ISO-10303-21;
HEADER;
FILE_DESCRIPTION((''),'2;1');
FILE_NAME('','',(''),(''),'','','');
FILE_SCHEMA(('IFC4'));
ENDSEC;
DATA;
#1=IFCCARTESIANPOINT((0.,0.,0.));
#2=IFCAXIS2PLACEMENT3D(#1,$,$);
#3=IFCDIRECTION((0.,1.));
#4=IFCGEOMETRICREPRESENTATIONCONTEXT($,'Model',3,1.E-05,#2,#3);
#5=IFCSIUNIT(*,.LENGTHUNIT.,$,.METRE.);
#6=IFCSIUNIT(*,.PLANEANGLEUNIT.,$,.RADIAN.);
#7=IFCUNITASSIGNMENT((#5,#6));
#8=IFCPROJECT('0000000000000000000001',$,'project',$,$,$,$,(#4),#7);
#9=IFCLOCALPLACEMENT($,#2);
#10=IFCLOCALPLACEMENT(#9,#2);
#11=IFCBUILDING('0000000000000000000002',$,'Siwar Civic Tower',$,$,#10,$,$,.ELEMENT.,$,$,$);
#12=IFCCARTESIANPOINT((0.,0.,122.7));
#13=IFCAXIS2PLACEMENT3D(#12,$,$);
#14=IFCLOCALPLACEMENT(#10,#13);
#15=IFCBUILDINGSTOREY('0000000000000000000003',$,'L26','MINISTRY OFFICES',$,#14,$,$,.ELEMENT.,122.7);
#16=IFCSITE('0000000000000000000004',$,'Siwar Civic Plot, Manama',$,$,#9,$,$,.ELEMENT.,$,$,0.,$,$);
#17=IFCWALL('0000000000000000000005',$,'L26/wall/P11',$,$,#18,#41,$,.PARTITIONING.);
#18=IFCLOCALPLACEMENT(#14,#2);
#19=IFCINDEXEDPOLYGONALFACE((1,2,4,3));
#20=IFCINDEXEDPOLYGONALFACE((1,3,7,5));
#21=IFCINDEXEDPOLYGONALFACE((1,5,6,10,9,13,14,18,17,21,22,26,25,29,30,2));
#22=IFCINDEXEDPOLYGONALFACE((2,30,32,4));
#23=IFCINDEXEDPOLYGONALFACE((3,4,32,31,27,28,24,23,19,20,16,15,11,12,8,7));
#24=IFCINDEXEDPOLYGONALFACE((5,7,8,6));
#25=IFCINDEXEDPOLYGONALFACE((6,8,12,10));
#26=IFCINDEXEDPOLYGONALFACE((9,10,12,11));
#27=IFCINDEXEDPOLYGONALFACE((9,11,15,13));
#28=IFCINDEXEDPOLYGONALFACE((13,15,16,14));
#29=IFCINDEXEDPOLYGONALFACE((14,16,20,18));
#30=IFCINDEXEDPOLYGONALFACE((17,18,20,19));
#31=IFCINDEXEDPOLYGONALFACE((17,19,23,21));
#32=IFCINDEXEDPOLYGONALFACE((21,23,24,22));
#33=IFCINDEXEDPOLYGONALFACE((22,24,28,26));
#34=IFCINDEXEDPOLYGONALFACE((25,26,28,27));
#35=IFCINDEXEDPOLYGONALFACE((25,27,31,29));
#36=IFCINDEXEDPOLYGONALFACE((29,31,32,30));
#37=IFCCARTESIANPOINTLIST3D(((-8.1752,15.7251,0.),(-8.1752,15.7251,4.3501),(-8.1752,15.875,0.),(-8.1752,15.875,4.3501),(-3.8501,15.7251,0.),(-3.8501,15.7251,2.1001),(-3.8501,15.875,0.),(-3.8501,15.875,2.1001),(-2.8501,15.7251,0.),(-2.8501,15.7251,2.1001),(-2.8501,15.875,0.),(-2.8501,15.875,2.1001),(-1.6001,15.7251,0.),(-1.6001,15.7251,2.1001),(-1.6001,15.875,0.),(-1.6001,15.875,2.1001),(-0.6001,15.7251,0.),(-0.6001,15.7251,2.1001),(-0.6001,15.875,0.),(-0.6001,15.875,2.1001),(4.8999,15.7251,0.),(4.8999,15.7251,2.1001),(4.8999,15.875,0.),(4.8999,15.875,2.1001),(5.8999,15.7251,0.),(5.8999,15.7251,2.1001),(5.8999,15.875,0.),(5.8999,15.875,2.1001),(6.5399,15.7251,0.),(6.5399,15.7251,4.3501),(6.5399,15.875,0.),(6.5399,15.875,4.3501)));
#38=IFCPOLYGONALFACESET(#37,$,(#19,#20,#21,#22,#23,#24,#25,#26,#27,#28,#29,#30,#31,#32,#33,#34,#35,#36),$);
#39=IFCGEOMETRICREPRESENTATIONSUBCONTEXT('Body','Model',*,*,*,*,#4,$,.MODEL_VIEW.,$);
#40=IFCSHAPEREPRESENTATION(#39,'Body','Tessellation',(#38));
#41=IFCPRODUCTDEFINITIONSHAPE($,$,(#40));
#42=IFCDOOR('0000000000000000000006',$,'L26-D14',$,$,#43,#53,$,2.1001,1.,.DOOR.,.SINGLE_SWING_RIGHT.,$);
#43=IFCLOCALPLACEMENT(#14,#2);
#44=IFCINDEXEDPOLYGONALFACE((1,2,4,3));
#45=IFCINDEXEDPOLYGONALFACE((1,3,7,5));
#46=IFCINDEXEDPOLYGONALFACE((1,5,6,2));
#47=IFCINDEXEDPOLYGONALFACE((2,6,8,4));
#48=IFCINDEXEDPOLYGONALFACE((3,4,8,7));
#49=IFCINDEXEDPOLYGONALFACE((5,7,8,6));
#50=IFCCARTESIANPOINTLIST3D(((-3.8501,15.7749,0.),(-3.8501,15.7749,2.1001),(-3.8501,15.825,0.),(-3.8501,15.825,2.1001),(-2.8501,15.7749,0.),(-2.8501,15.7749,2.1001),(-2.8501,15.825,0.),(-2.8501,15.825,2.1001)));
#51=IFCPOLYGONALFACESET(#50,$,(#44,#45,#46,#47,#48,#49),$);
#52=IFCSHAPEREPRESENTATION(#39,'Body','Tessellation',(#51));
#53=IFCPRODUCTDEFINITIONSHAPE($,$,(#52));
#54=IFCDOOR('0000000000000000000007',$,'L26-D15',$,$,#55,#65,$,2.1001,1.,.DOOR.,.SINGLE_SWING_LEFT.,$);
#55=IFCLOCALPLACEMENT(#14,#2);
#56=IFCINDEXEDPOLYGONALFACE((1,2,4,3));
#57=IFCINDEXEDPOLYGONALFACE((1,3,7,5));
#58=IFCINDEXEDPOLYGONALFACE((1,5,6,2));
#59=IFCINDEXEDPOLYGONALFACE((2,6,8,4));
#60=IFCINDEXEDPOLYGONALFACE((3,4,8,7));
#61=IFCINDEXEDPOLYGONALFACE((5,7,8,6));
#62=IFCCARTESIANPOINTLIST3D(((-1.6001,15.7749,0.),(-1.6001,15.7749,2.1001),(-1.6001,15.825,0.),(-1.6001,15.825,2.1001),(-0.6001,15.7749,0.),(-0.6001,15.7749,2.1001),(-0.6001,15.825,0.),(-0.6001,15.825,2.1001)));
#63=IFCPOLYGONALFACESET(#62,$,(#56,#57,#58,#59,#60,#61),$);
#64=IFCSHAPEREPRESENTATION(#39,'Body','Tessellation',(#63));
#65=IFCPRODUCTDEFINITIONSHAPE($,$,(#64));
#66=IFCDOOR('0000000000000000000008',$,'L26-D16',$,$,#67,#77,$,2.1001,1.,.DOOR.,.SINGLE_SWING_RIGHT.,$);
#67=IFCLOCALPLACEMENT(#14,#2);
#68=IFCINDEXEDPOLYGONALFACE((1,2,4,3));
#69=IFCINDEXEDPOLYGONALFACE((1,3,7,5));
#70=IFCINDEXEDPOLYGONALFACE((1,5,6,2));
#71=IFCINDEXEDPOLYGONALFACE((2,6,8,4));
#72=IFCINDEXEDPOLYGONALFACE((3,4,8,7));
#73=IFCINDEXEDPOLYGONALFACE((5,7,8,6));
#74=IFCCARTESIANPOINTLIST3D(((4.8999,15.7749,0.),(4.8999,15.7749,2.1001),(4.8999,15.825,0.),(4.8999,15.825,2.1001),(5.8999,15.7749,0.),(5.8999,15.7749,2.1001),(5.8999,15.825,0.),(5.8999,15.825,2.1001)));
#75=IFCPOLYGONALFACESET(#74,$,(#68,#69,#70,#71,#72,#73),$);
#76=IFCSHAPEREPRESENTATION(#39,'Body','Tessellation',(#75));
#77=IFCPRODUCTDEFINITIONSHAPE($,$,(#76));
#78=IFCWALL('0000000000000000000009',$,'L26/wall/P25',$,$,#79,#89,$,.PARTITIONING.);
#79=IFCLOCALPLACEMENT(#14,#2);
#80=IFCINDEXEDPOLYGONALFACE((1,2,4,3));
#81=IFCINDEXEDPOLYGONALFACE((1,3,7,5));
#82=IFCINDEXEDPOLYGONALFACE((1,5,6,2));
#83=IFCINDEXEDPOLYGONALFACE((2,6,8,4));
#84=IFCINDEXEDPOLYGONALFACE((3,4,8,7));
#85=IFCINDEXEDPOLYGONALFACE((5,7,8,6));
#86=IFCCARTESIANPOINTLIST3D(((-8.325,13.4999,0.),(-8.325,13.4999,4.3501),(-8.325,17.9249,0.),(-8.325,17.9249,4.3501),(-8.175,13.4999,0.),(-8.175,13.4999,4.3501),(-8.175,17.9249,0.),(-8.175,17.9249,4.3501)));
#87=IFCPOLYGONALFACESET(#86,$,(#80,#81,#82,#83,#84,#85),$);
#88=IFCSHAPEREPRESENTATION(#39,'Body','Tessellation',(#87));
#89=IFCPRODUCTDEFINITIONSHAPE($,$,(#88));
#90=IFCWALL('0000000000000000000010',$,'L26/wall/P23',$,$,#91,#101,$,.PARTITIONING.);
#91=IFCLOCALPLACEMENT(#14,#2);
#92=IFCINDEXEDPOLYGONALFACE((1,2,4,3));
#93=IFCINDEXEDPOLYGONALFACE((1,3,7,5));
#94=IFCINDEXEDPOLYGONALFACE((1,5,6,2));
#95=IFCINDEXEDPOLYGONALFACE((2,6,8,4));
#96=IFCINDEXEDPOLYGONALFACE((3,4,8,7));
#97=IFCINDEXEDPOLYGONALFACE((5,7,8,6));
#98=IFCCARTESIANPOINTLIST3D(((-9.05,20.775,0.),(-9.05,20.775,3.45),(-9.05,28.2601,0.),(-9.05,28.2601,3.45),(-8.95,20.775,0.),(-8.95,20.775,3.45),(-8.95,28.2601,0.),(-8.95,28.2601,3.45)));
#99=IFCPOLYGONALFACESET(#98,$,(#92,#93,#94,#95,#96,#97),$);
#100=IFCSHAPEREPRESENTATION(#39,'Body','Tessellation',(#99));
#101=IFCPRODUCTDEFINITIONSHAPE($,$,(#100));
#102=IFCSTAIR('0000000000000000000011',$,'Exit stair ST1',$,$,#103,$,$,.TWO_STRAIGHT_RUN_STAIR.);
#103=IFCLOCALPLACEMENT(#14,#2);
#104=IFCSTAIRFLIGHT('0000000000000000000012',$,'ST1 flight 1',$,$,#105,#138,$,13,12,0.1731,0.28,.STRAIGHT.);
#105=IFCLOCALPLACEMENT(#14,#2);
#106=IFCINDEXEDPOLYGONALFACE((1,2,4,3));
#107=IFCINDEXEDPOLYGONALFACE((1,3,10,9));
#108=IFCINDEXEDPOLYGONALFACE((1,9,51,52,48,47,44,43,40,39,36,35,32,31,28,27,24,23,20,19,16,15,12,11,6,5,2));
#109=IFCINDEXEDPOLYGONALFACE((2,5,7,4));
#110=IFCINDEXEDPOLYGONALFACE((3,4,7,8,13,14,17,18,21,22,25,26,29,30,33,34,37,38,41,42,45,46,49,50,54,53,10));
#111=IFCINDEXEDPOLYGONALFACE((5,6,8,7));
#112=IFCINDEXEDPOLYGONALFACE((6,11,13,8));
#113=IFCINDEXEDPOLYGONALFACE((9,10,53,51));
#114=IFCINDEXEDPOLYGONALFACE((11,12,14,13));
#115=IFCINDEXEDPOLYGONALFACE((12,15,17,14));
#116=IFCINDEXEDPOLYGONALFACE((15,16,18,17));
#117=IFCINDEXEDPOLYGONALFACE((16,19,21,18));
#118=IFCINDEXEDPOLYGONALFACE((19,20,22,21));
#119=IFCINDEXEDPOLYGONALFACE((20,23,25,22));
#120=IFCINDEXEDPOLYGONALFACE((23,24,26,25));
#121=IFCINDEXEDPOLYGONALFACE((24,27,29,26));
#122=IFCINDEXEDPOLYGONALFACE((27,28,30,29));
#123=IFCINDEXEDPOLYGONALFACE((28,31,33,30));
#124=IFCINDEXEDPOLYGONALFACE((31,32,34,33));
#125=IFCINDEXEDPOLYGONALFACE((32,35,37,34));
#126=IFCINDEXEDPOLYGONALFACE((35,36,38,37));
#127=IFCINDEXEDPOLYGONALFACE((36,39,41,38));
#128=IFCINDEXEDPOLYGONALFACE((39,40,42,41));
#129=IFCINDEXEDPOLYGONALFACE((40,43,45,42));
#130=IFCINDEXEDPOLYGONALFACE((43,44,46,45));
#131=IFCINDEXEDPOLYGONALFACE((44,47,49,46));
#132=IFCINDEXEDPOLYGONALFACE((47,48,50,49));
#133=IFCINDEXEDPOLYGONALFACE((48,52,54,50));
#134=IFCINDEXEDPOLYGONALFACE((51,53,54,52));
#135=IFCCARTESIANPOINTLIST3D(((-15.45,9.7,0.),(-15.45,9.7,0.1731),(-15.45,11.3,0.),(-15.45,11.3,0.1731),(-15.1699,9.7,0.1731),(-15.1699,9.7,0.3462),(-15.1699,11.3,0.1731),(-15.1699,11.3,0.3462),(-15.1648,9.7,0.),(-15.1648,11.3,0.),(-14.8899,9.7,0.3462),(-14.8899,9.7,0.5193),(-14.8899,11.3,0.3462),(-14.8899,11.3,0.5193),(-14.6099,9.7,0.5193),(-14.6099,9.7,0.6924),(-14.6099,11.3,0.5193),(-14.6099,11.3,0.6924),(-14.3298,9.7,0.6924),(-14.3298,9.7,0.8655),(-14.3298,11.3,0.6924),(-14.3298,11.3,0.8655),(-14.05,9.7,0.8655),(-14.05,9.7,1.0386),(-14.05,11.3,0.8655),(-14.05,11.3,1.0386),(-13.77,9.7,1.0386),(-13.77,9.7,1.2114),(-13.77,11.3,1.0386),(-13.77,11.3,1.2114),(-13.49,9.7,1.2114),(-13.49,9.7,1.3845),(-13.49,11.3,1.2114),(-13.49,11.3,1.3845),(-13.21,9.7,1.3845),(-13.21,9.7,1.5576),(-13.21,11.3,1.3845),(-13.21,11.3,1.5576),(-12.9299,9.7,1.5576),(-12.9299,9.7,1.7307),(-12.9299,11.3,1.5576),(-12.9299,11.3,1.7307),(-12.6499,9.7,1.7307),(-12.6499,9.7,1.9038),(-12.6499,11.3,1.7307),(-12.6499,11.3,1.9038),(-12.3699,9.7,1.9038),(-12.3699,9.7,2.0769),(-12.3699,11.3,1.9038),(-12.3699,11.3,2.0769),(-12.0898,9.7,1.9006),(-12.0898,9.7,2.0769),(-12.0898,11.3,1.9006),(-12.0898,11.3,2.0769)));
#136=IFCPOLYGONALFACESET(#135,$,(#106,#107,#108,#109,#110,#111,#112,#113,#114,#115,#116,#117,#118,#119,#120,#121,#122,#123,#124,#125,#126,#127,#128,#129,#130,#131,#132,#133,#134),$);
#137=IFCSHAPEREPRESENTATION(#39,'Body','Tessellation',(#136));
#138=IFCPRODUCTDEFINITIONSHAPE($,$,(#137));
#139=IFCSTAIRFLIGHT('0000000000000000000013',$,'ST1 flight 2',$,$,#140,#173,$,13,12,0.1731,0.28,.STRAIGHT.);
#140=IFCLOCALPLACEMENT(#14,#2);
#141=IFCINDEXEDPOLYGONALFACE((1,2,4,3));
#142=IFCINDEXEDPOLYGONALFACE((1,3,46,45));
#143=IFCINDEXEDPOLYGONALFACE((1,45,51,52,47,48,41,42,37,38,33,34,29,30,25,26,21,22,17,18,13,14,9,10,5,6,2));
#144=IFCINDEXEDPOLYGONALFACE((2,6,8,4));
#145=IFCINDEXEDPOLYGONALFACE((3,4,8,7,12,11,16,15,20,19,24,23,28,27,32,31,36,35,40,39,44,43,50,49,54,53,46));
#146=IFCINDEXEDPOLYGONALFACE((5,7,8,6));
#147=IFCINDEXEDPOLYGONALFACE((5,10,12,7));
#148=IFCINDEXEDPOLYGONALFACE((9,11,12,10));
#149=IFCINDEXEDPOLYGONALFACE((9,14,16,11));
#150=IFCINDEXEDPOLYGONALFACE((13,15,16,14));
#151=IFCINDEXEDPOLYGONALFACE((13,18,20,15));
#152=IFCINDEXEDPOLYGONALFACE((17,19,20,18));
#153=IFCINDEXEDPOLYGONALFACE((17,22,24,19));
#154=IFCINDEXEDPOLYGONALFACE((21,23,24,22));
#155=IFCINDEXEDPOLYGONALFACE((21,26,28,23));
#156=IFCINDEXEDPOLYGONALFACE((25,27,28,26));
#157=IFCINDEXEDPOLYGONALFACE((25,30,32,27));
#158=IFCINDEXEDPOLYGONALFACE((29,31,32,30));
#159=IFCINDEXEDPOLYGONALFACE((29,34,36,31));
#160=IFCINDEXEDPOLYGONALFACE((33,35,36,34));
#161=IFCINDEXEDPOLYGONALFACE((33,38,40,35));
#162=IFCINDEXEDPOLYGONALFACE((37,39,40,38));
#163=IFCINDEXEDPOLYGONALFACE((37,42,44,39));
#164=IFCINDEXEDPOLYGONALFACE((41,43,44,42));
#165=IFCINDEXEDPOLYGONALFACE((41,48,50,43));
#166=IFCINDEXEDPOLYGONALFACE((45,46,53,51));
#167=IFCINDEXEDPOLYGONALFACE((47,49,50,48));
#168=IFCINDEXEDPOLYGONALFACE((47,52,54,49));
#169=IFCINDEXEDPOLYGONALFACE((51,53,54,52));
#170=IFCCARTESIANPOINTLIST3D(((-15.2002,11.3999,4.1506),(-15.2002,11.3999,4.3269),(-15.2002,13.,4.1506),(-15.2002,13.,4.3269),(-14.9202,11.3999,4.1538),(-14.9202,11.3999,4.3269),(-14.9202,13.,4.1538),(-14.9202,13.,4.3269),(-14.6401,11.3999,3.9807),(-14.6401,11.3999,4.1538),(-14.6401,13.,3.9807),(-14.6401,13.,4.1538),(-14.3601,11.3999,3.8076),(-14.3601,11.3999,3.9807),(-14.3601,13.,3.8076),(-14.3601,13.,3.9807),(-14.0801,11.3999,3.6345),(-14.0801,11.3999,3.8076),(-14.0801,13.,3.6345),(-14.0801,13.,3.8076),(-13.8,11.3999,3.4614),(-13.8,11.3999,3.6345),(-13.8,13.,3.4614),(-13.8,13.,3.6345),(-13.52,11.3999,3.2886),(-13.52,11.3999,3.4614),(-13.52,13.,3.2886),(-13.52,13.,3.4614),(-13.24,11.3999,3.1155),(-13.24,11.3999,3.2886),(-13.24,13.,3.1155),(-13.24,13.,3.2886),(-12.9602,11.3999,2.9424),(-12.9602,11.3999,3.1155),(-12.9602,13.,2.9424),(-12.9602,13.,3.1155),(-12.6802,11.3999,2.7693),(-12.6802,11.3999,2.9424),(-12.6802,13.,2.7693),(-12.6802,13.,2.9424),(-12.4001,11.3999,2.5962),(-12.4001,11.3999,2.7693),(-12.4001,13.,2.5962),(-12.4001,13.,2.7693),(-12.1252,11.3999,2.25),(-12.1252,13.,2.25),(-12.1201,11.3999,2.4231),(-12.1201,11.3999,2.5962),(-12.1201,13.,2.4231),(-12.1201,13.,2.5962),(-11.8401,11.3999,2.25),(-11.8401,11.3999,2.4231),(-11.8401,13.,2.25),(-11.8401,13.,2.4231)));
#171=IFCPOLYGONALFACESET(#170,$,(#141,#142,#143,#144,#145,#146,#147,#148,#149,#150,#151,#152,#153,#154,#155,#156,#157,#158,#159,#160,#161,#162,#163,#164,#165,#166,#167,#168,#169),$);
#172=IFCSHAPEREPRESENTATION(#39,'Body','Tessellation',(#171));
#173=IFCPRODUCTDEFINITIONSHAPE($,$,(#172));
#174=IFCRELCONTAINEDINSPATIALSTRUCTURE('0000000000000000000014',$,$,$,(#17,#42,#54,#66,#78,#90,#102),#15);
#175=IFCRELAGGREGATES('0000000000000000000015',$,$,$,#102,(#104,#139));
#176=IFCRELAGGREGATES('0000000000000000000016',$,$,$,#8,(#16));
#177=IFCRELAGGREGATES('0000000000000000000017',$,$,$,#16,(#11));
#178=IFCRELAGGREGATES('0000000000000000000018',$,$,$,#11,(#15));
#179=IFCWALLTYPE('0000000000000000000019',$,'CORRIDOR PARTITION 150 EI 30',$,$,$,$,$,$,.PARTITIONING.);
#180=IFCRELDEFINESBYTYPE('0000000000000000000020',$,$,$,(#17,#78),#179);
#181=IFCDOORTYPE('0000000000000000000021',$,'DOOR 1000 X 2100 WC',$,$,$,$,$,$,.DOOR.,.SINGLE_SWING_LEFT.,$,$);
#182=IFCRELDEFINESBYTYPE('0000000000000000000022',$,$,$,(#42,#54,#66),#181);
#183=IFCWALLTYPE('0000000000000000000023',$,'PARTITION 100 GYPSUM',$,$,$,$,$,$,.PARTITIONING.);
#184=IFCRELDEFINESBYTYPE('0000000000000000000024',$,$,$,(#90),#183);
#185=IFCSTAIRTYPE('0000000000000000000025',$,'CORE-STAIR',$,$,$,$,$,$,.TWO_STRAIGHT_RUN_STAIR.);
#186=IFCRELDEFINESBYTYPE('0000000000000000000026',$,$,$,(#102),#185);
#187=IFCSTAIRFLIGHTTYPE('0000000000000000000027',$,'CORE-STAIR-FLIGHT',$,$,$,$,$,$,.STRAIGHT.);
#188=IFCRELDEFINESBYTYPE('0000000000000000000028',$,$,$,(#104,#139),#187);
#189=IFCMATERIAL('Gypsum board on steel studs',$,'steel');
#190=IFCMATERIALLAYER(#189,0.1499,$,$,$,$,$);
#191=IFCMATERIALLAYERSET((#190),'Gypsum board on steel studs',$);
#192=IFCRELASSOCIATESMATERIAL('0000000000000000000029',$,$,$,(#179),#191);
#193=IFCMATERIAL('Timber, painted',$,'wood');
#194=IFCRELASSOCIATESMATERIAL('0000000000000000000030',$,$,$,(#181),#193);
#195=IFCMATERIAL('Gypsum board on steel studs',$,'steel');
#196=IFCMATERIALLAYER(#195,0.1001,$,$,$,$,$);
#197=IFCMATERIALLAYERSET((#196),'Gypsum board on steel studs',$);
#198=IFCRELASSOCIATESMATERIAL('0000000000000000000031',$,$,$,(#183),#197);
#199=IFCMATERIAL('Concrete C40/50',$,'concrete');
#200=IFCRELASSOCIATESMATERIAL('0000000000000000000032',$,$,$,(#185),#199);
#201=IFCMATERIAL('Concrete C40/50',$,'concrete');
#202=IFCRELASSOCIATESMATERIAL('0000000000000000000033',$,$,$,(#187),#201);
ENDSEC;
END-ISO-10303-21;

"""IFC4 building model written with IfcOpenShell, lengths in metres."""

from ifc_helpers import new_model, si_unit, direction, frame, frame_2d, origin, place, context, subcontext, project, spatial, polyline, rectangle, outline, extrude, material, layer, layer_set, type_object, element, fill, aggregate, save


model = new_model("IFC4")

# Units and contexts
model_context = context("Model", 3, precision=1e-05, world=origin(), true_north=direction((0.0, 1.0)))
body_context = subcontext(model_context, "Body", "Model", "MODEL_VIEW")
ifc_project = project(units=[si_unit("LENGTHUNIT", "METRE"), si_unit("PLANEANGLEUNIT", "RADIAN")], contexts=[model_context])

# Site, building, storey
site_placement = place(None, origin())
site = spatial("IfcSite", under=ifc_project, at=site_placement, Name="Siwar Civic Plot, Manama", CompositionType="ELEMENT", RefElevation=0.0)
building_placement = place(site_placement, origin())
building = spatial("IfcBuilding", under=site, at=building_placement, Name="Siwar Civic Tower", CompositionType="ELEMENT")
storey_placement = place(building_placement, frame((0.0, 0.0, 122.7)))
storey = spatial("IfcBuildingStorey", under=building, at=storey_placement, Name="L26", Description="MINISTRY OFFICES", CompositionType="ELEMENT", Elevation=122.7)

# Wall, openings, doors
ifc_material_1 = material(Name="Gypsum board on steel studs", Category="steel")
ifc_layer_1 = layer(ifc_material_1, 0.1499)
ifc_layer_set_1 = layer_set([ifc_layer_1], Name="Gypsum board on steel studs")
wall_type_1 = type_object("IfcWallType", Name="CORRIDOR PARTITION 150 EI 30", PredefinedType="PARTITIONING", material=ifc_layer_set_1)
wall_1_placement = place(storey_placement, frame((-8.175, 15.8, 0.0), z_axis=(0.0, 0.0, 1.0), x_axis=(1.0, 0.0, 0.0)))
wall_1 = element("IfcWall", 1, at=wall_1_placement, inside=storey, type_object=wall_type_1, Name="L26/wall/P11", PredefinedType="PARTITIONING", context=body_context, shape_type="SweptSolid", body=[
    extrude(rectangle(XDim=14.7151, YDim=0.1499, at=frame_2d((7.3574, 0.0))), origin(), (0.0, 0.0, 1.0), 4.3501),
])
opening_1_placement = place(wall_1_placement, frame((4.325, 0.0, 0.0)))
opening_1 = element("IfcOpeningElement", 2, at=opening_1_placement, cuts=wall_1, PredefinedType="OPENING", context=body_context, shape_type="SweptSolid", body=[
    extrude(rectangle(XDim=1.0, YDim=2.1001, at=frame_2d((0.5, 1.05))), frame((0.0, 0.085, 0.0), z_axis=(0.0, -1.0, 0.0), x_axis=(1.0, 0.0, 0.0)), (0.0, 0.0, 1.0), 0.1699),
])
opening_2_placement = place(wall_1_placement, frame((6.575, 0.0, 0.0)))
opening_2 = element("IfcOpeningElement", 3, at=opening_2_placement, cuts=wall_1, PredefinedType="OPENING", context=body_context, shape_type="SweptSolid", body=[
    extrude(rectangle(XDim=1.0, YDim=2.1001, at=frame_2d((0.5, 1.05))), frame((0.0, 0.085, 0.0), z_axis=(0.0, -1.0, 0.0), x_axis=(1.0, 0.0, 0.0)), (0.0, 0.0, 1.0), 0.1699),
])
opening_3_placement = place(wall_1_placement, frame((13.075, 0.0, 0.0)))
opening_3 = element("IfcOpeningElement", 4, at=opening_3_placement, cuts=wall_1, PredefinedType="OPENING", context=body_context, shape_type="SweptSolid", body=[
    extrude(rectangle(XDim=1.0, YDim=2.1001, at=frame_2d((0.5, 1.05))), frame((0.0, 0.085, 0.0), z_axis=(0.0, -1.0, 0.0), x_axis=(1.0, 0.0, 0.0)), (0.0, 0.0, 1.0), 0.1699),
])
ifc_material_2 = material(Name="Timber, painted", Category="wood")
door_type_1 = type_object("IfcDoorType", Name="DOOR 1000 X 2100 WC", OperationType="SINGLE_SWING_LEFT", PredefinedType="DOOR", material=ifc_material_2)
door_1_placement = place(opening_1_placement, origin())
door_1 = element("IfcDoor", 5, at=door_1_placement, inside=storey, type_object=door_type_1, Name="L26-D14", OperationType="SINGLE_SWING_RIGHT", OverallHeight=2.1001, OverallWidth=1.0, PredefinedType="DOOR", context=body_context, shape_type="SweptSolid", body=[
    extrude(rectangle(XDim=1.0, YDim=2.1001, at=frame_2d((0.5, 1.05))), frame((0.0, 0.0249, 0.0), z_axis=(0.0, -1.0, 0.0), x_axis=(1.0, 0.0, 0.0)), (0.0, 0.0, 1.0), 0.05),
])
fill(opening_1, door_1)
door_2_placement = place(opening_2_placement, origin())
door_2 = element("IfcDoor", 6, at=door_2_placement, inside=storey, type_object=door_type_1, Name="L26-D15", OperationType="SINGLE_SWING_LEFT", OverallHeight=2.1001, OverallWidth=1.0, PredefinedType="DOOR", context=body_context, shape_type="SweptSolid", body=[
    extrude(rectangle(XDim=1.0, YDim=2.1001, at=frame_2d((0.5, 1.05))), frame((0.0, 0.0249, 0.0), z_axis=(0.0, -1.0, 0.0), x_axis=(1.0, 0.0, 0.0)), (0.0, 0.0, 1.0), 0.05),
])
fill(opening_2, door_2)
door_3_placement = place(opening_3_placement, origin())
door_3 = element("IfcDoor", 7, at=door_3_placement, inside=storey, type_object=door_type_1, Name="L26-D16", OperationType="SINGLE_SWING_RIGHT", OverallHeight=2.1001, OverallWidth=1.0, PredefinedType="DOOR", context=body_context, shape_type="SweptSolid", body=[
    extrude(rectangle(XDim=1.0, YDim=2.1001, at=frame_2d((0.5, 1.05))), frame((0.0, 0.0249, 0.0), z_axis=(0.0, -1.0, 0.0), x_axis=(1.0, 0.0, 0.0)), (0.0, 0.0, 1.0), 0.05),
])
fill(opening_3, door_3)

# Walls
wall_2_placement = place(storey_placement, frame((-8.25, 13.5, 0.0), z_axis=(0.0, 0.0, 1.0), x_axis=(0.0, 1.0, 0.0)))
element("IfcWall", 8, at=wall_2_placement, inside=storey, type_object=wall_type_1, Name="L26/wall/P25", PredefinedType="PARTITIONING", context=body_context, shape_type="SweptSolid", body=[
    extrude(rectangle(XDim=4.425, YDim=0.1499, at=frame_2d((2.2124, 0.0))), origin(), (0.0, 0.0, 1.0), 4.3501),
])
ifc_material_3 = material(Name="Gypsum board on steel studs", Category="steel")
ifc_layer_2 = layer(ifc_material_3, 0.1001)
ifc_layer_set_2 = layer_set([ifc_layer_2], Name="Gypsum board on steel studs")
wall_type_2 = type_object("IfcWallType", Name="PARTITION 100 GYPSUM", PredefinedType="PARTITIONING", material=ifc_layer_set_2)
wall_3_placement = place(storey_placement, frame((-9.0, 20.7749, 0.0), z_axis=(0.0, 0.0, 1.0), x_axis=(0.0, 1.0, 0.0)))
element("IfcWall", 9, at=wall_3_placement, inside=storey, type_object=wall_type_2, Name="L26/wall/P23", PredefinedType="PARTITIONING", context=body_context, shape_type="SweptSolid", body=[
    extrude(rectangle(XDim=7.4851, YDim=0.1001, at=frame_2d((3.7427, 0.0))), origin(), (0.0, 0.0, 1.0), 3.45),
])

# Stair, stair flights
ifc_material_4 = material(Name="Concrete C40/50", Category="concrete")
stair_type = type_object("IfcStairType", Name="CORE-STAIR", PredefinedType="TWO_STRAIGHT_RUN_STAIR", material=ifc_material_4)
stair_placement = place(storey_placement, origin())
stair = element("IfcStair", 10, at=stair_placement, inside=storey, type_object=stair_type, Name="Exit stair ST1", PredefinedType="TWO_STRAIGHT_RUN_STAIR")
ifc_material_5 = material(Name="Concrete C40/50", Category="concrete")
stair_flight_type = type_object("IfcStairFlightType", Name="CORE-STAIR-FLIGHT", PredefinedType="STRAIGHT", material=ifc_material_5)
stair_flight_1_placement = place(storey_placement, frame((-15.45, 10.5, 0.0), z_axis=(0.0, 0.0, 1.0), x_axis=(1.0, 0.0, 0.0)))
stair_flight_1 = element("IfcStairFlight", 11, at=stair_flight_1_placement, type_object=stair_flight_type, Name="ST1 flight 1", NumberOfRisers=13, NumberOfTreads=12, PredefinedType="STRAIGHT", RiserHeight=0.1731, TreadLength=0.28, context=body_context, shape_type="SweptSolid", body=[
    extrude(outline(polyline([(0.0, 0.0), (0.0, 0.1731), (0.28, 0.1731), (0.28, 0.3462), (0.5601, 0.3462), (0.5601, 0.5193), (0.8401, 0.5193), (0.8401, 0.6924), (1.1201, 0.6924), (1.1201, 0.8655), (1.3999, 0.8655), (1.3999, 1.0386), (1.6799, 1.0386), (1.6799, 1.2114), (1.96, 1.2114), (1.96, 1.3845), (2.24, 1.3845), (2.24, 1.5576), (2.52, 1.5576), (2.52, 1.7307), (2.8, 1.7307), (2.8, 1.9038), (3.0801, 1.9038), (3.0801, 2.0769), (3.3601, 2.0769), (3.3601, 2.25), (3.3601, 1.9006), (0.2852, 0.0), (0.0, 0.0)])), frame((0.0, 0.8, 0.0), z_axis=(0.0, -1.0, 0.0), x_axis=(1.0, 0.0, 0.0)), (0.0, 0.0, 1.0), 1.6001),
])
stair_flight_2_placement = place(storey_placement, frame((-11.8401, 12.2, 2.25), z_axis=(0.0, 0.0, 1.0), x_axis=(-1.0, 0.0, 0.0)))
stair_flight_2 = element("IfcStairFlight", 12, at=stair_flight_2_placement, type_object=stair_flight_type, Name="ST1 flight 2", NumberOfRisers=13, NumberOfTreads=12, PredefinedType="STRAIGHT", RiserHeight=0.1731, TreadLength=0.28, context=body_context, shape_type="SweptSolid", body=[
    extrude(outline(polyline([(0.0, 0.0), (0.0, 0.1731), (0.28, 0.1731), (0.28, 0.3462), (0.5601, 0.3462), (0.5601, 0.5193), (0.8401, 0.5193), (0.8401, 0.6924), (1.1201, 0.6924), (1.1201, 0.8655), (1.3999, 0.8655), (1.3999, 1.0386), (1.6799, 1.0386), (1.6799, 1.2114), (1.96, 1.2114), (1.96, 1.3845), (2.24, 1.3845), (2.24, 1.5576), (2.52, 1.5576), (2.52, 1.7307), (2.8, 1.7307), (2.8, 1.9038), (3.0801, 1.9038), (3.0801, 2.0769), (3.3601, 2.0769), (3.3601, 2.25), (3.3601, 1.9006), (0.2852, 0.0), (0.0, 0.0)])), frame((0.0, 0.8, 0.0), z_axis=(0.0, -1.0, 0.0), x_axis=(1.0, 0.0, 0.0)), (0.0, 0.0, 1.0), 1.6001),
])
aggregate(stair, [stair_flight_1, stair_flight_2])

save(model, "model.ifc")
